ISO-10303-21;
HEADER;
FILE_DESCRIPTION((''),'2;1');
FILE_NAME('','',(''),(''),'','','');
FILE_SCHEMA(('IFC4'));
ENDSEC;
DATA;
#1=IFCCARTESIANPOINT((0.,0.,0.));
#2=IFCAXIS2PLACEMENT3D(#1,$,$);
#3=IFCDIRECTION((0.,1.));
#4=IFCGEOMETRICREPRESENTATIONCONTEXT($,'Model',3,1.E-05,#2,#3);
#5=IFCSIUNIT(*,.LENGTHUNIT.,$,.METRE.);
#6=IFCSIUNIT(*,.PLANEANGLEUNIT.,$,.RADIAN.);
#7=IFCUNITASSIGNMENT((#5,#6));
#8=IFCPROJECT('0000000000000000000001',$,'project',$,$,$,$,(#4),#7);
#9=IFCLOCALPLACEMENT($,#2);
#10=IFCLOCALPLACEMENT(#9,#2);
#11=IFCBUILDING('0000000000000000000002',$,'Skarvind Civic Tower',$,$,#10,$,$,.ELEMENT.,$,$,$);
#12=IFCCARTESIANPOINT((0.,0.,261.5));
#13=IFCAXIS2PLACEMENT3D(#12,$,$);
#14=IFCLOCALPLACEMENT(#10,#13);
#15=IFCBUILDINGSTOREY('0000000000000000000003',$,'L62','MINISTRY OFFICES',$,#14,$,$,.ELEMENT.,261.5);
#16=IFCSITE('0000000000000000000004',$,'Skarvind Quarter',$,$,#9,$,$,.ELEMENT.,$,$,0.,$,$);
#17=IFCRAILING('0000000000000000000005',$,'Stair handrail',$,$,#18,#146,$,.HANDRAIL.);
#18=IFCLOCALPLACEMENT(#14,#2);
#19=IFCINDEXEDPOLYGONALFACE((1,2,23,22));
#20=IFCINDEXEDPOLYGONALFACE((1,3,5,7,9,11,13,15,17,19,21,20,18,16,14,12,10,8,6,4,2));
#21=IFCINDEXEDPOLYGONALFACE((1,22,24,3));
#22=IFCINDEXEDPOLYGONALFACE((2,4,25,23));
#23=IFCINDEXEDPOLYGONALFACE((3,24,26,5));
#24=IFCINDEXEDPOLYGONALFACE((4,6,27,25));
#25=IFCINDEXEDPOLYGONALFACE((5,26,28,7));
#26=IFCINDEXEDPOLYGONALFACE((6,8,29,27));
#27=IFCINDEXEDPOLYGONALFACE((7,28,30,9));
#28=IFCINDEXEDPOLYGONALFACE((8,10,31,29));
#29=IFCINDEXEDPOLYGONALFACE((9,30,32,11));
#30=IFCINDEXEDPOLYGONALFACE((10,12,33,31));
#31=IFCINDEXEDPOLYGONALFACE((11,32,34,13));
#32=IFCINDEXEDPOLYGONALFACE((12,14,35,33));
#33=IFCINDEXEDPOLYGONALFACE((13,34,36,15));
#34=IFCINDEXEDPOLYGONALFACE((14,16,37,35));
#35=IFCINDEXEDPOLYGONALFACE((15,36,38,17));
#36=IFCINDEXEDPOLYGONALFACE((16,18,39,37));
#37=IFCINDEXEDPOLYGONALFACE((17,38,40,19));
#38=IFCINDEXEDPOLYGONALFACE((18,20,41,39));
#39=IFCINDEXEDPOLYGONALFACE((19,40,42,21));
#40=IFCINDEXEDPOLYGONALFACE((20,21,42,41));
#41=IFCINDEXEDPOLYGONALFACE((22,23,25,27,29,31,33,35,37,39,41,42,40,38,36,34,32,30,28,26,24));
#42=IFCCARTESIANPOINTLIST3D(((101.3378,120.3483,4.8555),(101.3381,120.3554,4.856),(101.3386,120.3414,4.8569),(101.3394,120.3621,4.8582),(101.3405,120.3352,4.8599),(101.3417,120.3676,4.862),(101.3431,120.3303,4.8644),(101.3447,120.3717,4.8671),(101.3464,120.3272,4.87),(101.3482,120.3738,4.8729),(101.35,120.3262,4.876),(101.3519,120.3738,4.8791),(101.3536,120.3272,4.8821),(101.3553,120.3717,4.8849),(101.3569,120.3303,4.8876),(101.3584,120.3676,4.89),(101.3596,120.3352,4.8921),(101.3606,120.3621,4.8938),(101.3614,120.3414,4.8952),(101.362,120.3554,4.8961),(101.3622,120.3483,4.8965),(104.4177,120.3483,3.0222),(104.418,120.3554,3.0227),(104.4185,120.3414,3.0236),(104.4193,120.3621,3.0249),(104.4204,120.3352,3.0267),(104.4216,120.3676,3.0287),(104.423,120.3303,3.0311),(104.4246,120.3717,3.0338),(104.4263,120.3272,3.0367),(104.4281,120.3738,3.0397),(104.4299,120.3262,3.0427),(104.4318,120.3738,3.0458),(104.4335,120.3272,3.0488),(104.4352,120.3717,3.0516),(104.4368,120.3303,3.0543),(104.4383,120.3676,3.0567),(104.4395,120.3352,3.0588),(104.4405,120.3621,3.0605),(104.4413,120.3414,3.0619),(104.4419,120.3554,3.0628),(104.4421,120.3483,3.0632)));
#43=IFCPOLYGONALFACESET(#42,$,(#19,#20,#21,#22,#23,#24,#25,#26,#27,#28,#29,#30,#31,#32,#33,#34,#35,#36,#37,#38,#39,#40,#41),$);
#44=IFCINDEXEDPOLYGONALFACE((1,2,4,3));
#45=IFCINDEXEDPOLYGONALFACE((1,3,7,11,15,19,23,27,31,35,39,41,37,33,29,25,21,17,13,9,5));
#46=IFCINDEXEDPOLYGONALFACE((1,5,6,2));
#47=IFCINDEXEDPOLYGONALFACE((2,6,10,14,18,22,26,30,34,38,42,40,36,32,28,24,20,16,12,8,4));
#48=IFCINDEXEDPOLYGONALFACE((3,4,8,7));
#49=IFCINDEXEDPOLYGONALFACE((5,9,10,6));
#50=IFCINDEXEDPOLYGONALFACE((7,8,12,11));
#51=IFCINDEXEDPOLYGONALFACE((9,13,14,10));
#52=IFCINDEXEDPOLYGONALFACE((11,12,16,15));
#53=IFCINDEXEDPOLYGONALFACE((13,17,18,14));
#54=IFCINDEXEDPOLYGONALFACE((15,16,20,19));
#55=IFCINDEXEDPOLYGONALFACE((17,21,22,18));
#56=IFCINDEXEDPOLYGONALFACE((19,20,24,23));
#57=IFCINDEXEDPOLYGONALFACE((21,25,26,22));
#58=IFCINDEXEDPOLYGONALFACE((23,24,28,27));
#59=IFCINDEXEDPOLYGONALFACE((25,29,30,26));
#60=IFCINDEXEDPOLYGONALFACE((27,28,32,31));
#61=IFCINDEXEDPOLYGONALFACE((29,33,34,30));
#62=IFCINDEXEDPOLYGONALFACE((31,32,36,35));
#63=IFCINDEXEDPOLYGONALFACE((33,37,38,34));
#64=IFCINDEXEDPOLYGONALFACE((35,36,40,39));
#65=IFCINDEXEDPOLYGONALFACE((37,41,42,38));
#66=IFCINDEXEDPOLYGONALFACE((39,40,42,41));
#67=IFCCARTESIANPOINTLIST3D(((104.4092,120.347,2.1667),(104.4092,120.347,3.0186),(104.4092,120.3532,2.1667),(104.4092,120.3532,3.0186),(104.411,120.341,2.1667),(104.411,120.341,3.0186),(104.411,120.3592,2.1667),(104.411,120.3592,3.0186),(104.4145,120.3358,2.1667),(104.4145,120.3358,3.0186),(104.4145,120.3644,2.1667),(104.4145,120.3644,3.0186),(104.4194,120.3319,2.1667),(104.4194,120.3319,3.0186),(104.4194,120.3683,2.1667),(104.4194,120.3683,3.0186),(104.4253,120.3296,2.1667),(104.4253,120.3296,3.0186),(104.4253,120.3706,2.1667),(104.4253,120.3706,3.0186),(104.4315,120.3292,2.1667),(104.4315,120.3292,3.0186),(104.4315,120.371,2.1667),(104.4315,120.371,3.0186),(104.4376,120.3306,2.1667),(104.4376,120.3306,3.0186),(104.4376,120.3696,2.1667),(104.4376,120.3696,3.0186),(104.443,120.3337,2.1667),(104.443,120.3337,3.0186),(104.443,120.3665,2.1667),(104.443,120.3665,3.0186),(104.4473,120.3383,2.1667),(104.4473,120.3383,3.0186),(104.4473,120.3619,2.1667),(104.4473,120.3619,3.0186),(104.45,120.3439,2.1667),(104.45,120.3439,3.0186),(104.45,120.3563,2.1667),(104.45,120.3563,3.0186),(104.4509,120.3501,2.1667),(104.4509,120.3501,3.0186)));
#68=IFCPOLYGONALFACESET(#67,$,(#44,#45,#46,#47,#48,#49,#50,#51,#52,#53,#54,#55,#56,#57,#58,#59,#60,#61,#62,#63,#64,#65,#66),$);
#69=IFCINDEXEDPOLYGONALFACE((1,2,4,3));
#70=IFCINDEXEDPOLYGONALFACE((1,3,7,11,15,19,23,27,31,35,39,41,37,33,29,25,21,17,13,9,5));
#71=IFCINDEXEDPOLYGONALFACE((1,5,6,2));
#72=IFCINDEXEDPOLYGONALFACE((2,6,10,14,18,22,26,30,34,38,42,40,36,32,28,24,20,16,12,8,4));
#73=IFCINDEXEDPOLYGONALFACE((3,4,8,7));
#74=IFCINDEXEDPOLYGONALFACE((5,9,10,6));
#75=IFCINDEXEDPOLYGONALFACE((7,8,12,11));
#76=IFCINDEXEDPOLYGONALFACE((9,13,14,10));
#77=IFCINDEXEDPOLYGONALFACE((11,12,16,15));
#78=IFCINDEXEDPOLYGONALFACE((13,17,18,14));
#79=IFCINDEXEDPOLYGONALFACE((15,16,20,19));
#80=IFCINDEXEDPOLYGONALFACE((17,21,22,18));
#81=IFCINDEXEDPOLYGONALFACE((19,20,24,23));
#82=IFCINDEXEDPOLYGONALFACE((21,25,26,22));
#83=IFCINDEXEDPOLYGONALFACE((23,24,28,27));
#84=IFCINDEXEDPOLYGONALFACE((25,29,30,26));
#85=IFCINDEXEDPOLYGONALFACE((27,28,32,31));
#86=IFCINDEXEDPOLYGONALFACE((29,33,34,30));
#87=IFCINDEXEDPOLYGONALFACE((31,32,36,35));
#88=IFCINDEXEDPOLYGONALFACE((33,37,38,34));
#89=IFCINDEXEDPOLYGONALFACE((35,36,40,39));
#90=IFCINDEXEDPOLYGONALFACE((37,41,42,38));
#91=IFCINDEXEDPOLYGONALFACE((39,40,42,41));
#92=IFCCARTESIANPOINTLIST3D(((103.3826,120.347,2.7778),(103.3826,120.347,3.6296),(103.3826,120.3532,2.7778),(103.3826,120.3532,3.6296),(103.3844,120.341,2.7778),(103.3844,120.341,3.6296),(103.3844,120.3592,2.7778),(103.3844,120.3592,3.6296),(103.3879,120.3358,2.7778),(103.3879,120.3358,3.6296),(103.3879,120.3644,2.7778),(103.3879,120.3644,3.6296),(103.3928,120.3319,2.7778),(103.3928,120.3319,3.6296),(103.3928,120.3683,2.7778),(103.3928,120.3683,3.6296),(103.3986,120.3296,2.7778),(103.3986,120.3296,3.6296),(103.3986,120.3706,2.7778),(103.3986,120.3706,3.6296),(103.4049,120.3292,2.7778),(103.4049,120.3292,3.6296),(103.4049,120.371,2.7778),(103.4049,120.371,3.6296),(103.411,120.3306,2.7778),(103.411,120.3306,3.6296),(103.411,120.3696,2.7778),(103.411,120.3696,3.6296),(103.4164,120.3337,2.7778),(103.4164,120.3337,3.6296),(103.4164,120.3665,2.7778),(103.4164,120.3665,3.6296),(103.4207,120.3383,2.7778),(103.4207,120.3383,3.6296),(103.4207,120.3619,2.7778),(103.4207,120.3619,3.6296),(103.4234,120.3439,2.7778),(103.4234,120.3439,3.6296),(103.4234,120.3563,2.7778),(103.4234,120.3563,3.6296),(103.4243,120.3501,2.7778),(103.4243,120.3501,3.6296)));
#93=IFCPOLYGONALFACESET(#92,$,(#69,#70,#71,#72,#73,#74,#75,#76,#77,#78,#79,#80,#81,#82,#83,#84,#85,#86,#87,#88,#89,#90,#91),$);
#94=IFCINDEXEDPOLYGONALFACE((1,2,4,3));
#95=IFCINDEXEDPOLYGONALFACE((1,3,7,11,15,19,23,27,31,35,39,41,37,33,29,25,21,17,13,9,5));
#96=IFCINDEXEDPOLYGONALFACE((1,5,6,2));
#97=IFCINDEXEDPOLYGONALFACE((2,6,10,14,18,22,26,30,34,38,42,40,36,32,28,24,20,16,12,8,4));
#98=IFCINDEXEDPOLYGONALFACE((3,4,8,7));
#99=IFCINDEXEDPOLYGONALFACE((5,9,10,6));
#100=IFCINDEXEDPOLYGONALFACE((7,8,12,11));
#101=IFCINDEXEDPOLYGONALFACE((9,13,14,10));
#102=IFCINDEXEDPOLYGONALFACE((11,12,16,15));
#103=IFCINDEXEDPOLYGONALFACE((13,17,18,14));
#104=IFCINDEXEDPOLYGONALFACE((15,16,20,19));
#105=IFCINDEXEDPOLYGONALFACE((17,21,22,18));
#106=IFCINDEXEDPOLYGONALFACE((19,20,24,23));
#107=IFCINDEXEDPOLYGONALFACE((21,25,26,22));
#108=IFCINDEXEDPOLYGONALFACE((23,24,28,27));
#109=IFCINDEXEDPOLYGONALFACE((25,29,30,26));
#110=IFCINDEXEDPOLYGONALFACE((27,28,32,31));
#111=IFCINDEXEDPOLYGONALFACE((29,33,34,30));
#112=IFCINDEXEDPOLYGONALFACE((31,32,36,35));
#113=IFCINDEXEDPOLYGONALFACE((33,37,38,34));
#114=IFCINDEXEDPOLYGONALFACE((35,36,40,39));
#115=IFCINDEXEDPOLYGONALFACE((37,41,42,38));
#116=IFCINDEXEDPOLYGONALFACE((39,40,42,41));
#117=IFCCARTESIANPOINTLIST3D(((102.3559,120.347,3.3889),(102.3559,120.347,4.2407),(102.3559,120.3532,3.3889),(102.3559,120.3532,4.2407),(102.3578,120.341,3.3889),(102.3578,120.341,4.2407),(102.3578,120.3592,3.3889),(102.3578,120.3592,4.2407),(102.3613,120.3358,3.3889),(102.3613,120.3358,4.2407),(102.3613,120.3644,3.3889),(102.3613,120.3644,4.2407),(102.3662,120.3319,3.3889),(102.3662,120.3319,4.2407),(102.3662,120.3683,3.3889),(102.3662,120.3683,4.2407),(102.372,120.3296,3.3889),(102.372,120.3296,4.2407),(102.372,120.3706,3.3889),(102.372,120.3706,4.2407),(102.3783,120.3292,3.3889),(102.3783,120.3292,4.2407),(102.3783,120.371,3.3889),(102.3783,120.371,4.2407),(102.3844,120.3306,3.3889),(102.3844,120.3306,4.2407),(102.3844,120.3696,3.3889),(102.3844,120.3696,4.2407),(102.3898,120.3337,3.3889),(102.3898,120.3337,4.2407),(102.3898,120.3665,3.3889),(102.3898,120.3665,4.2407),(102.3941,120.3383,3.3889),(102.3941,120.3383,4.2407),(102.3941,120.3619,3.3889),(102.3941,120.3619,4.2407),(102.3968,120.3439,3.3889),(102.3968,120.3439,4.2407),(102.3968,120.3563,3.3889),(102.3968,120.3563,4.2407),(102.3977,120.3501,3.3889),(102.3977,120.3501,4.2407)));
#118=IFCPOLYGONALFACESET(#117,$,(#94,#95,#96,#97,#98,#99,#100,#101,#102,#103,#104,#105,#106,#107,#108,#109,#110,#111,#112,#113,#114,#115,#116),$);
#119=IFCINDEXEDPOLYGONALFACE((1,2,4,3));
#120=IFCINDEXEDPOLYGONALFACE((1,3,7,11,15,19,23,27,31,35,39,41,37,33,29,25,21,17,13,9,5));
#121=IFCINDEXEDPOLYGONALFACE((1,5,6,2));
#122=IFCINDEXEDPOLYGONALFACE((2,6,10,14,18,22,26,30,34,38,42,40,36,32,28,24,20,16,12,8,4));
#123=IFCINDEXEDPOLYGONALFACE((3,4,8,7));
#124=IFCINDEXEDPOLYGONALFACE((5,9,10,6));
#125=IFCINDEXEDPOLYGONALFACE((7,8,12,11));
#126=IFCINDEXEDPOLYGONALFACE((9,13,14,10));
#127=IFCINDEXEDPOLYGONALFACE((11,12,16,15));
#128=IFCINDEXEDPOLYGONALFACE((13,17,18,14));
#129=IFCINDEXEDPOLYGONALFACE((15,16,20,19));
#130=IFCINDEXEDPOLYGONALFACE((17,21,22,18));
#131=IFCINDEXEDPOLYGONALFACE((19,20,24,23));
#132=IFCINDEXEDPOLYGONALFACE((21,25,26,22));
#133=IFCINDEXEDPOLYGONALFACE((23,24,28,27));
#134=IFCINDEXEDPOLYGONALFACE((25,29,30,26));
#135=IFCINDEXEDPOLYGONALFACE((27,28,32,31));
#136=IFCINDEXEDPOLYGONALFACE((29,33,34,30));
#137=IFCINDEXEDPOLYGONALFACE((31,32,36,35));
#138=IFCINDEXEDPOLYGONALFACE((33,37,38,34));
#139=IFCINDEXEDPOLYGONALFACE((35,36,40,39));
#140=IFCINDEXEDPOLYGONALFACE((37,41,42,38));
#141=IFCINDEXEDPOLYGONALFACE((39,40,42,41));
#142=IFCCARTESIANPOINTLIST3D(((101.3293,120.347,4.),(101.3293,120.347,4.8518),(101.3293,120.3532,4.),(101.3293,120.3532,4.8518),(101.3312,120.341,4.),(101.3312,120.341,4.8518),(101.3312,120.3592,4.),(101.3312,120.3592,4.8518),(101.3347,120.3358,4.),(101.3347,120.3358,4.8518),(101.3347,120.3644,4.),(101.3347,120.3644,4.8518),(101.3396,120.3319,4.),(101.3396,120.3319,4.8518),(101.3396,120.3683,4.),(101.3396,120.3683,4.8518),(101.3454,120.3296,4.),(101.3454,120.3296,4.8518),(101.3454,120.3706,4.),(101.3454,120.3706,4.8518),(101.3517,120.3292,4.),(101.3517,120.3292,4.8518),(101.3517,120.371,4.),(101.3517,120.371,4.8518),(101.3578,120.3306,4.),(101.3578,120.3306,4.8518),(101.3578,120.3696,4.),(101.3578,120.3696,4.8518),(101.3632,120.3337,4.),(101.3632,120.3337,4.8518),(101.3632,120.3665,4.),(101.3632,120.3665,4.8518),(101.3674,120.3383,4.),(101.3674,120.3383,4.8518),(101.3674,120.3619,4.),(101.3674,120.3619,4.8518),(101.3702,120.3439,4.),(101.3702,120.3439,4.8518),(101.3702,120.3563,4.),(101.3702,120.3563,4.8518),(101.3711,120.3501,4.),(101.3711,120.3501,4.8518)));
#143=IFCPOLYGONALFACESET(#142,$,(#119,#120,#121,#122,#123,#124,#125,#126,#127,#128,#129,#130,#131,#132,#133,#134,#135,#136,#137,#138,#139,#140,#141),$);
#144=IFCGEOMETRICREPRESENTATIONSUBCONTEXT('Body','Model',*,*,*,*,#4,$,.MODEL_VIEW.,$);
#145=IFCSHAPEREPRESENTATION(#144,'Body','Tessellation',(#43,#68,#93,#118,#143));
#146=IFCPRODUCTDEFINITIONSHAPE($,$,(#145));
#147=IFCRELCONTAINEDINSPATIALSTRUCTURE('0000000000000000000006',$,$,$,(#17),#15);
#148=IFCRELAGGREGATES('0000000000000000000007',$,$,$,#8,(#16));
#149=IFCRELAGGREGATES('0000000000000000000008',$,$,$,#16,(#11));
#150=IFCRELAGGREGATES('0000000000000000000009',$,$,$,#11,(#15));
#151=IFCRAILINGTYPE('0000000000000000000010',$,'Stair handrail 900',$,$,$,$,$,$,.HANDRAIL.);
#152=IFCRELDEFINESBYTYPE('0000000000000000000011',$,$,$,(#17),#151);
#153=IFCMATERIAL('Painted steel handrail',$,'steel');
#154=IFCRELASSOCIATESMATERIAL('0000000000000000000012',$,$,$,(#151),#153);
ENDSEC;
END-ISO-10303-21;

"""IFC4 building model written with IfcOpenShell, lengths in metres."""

from ifc_helpers import new_model, si_unit, direction, frame, origin, origin_2d, place, context, subcontext, project, spatial, circle, extrude, material, type_object, element, save


model = new_model("IFC4")

# Units and contexts
model_context = context("Model", 3, precision=1e-05, world=origin(), true_north=direction((0.0, 1.0)))
body_context = subcontext(model_context, "Body", "Model", "MODEL_VIEW")
ifc_project = project(units=[si_unit("LENGTHUNIT", "METRE"), si_unit("PLANEANGLEUNIT", "RADIAN")], contexts=[model_context])

# Site, building, storey
site_placement = place(None, origin())
site = spatial("IfcSite", under=ifc_project, at=site_placement, Name="Skarvind Quarter", CompositionType="ELEMENT", RefElevation=0.0)
building_placement = place(site_placement, origin())
building = spatial("IfcBuilding", under=site, at=building_placement, Name="Skarvind Civic Tower", CompositionType="ELEMENT")
storey_placement = place(building_placement, frame((0.0, 0.0, 261.5)))
storey = spatial("IfcBuildingStorey", under=building, at=storey_placement, Name="L62", Description="MINISTRY OFFICES", CompositionType="ELEMENT", Elevation=261.5)

# Railing
ifc_material_1 = material(Name="Painted steel handrail", Category="steel")
railing_type = type_object("IfcRailingType", Name="Stair handrail 900", PredefinedType="HANDRAIL", material=ifc_material_1)
railing_placement = place(storey_placement, frame((104.4299, 120.3501, 2.1667)))
element("IfcRailing", 1, at=railing_placement, inside=storey, type_object=railing_type, Name="Stair handrail", PredefinedType="HANDRAIL", context=body_context, shape_type="SweptSolid", body=[
    extrude(circle(Radius=0.0239, at=origin_2d()), frame((0.0, 0.0, 0.876), z_axis=(-0.859291, 0.0, 0.511487), x_axis=(0.0, -1.0, 0.0)), (0.0, 0.0, 1.0), 3.5842),
    extrude(circle(Radius=0.021, at=origin_2d()), origin(), (0.0, 0.0, 1.0), 0.8518),
    extrude(circle(Radius=0.021, at=origin_2d()), frame((-1.0266, 0.0, 0.6111)), (0.0, 0.0, 1.0), 0.8518),
    extrude(circle(Radius=0.021, at=origin_2d()), frame((-2.0532, 0.0, 1.2222)), (0.0, 0.0, 1.0), 0.8518),
    extrude(circle(Radius=0.021, at=origin_2d()), frame((-3.0798, 0.0, 1.8333)), (0.0, 0.0, 1.0), 0.8518),
])

save(model, "model.ifc")
